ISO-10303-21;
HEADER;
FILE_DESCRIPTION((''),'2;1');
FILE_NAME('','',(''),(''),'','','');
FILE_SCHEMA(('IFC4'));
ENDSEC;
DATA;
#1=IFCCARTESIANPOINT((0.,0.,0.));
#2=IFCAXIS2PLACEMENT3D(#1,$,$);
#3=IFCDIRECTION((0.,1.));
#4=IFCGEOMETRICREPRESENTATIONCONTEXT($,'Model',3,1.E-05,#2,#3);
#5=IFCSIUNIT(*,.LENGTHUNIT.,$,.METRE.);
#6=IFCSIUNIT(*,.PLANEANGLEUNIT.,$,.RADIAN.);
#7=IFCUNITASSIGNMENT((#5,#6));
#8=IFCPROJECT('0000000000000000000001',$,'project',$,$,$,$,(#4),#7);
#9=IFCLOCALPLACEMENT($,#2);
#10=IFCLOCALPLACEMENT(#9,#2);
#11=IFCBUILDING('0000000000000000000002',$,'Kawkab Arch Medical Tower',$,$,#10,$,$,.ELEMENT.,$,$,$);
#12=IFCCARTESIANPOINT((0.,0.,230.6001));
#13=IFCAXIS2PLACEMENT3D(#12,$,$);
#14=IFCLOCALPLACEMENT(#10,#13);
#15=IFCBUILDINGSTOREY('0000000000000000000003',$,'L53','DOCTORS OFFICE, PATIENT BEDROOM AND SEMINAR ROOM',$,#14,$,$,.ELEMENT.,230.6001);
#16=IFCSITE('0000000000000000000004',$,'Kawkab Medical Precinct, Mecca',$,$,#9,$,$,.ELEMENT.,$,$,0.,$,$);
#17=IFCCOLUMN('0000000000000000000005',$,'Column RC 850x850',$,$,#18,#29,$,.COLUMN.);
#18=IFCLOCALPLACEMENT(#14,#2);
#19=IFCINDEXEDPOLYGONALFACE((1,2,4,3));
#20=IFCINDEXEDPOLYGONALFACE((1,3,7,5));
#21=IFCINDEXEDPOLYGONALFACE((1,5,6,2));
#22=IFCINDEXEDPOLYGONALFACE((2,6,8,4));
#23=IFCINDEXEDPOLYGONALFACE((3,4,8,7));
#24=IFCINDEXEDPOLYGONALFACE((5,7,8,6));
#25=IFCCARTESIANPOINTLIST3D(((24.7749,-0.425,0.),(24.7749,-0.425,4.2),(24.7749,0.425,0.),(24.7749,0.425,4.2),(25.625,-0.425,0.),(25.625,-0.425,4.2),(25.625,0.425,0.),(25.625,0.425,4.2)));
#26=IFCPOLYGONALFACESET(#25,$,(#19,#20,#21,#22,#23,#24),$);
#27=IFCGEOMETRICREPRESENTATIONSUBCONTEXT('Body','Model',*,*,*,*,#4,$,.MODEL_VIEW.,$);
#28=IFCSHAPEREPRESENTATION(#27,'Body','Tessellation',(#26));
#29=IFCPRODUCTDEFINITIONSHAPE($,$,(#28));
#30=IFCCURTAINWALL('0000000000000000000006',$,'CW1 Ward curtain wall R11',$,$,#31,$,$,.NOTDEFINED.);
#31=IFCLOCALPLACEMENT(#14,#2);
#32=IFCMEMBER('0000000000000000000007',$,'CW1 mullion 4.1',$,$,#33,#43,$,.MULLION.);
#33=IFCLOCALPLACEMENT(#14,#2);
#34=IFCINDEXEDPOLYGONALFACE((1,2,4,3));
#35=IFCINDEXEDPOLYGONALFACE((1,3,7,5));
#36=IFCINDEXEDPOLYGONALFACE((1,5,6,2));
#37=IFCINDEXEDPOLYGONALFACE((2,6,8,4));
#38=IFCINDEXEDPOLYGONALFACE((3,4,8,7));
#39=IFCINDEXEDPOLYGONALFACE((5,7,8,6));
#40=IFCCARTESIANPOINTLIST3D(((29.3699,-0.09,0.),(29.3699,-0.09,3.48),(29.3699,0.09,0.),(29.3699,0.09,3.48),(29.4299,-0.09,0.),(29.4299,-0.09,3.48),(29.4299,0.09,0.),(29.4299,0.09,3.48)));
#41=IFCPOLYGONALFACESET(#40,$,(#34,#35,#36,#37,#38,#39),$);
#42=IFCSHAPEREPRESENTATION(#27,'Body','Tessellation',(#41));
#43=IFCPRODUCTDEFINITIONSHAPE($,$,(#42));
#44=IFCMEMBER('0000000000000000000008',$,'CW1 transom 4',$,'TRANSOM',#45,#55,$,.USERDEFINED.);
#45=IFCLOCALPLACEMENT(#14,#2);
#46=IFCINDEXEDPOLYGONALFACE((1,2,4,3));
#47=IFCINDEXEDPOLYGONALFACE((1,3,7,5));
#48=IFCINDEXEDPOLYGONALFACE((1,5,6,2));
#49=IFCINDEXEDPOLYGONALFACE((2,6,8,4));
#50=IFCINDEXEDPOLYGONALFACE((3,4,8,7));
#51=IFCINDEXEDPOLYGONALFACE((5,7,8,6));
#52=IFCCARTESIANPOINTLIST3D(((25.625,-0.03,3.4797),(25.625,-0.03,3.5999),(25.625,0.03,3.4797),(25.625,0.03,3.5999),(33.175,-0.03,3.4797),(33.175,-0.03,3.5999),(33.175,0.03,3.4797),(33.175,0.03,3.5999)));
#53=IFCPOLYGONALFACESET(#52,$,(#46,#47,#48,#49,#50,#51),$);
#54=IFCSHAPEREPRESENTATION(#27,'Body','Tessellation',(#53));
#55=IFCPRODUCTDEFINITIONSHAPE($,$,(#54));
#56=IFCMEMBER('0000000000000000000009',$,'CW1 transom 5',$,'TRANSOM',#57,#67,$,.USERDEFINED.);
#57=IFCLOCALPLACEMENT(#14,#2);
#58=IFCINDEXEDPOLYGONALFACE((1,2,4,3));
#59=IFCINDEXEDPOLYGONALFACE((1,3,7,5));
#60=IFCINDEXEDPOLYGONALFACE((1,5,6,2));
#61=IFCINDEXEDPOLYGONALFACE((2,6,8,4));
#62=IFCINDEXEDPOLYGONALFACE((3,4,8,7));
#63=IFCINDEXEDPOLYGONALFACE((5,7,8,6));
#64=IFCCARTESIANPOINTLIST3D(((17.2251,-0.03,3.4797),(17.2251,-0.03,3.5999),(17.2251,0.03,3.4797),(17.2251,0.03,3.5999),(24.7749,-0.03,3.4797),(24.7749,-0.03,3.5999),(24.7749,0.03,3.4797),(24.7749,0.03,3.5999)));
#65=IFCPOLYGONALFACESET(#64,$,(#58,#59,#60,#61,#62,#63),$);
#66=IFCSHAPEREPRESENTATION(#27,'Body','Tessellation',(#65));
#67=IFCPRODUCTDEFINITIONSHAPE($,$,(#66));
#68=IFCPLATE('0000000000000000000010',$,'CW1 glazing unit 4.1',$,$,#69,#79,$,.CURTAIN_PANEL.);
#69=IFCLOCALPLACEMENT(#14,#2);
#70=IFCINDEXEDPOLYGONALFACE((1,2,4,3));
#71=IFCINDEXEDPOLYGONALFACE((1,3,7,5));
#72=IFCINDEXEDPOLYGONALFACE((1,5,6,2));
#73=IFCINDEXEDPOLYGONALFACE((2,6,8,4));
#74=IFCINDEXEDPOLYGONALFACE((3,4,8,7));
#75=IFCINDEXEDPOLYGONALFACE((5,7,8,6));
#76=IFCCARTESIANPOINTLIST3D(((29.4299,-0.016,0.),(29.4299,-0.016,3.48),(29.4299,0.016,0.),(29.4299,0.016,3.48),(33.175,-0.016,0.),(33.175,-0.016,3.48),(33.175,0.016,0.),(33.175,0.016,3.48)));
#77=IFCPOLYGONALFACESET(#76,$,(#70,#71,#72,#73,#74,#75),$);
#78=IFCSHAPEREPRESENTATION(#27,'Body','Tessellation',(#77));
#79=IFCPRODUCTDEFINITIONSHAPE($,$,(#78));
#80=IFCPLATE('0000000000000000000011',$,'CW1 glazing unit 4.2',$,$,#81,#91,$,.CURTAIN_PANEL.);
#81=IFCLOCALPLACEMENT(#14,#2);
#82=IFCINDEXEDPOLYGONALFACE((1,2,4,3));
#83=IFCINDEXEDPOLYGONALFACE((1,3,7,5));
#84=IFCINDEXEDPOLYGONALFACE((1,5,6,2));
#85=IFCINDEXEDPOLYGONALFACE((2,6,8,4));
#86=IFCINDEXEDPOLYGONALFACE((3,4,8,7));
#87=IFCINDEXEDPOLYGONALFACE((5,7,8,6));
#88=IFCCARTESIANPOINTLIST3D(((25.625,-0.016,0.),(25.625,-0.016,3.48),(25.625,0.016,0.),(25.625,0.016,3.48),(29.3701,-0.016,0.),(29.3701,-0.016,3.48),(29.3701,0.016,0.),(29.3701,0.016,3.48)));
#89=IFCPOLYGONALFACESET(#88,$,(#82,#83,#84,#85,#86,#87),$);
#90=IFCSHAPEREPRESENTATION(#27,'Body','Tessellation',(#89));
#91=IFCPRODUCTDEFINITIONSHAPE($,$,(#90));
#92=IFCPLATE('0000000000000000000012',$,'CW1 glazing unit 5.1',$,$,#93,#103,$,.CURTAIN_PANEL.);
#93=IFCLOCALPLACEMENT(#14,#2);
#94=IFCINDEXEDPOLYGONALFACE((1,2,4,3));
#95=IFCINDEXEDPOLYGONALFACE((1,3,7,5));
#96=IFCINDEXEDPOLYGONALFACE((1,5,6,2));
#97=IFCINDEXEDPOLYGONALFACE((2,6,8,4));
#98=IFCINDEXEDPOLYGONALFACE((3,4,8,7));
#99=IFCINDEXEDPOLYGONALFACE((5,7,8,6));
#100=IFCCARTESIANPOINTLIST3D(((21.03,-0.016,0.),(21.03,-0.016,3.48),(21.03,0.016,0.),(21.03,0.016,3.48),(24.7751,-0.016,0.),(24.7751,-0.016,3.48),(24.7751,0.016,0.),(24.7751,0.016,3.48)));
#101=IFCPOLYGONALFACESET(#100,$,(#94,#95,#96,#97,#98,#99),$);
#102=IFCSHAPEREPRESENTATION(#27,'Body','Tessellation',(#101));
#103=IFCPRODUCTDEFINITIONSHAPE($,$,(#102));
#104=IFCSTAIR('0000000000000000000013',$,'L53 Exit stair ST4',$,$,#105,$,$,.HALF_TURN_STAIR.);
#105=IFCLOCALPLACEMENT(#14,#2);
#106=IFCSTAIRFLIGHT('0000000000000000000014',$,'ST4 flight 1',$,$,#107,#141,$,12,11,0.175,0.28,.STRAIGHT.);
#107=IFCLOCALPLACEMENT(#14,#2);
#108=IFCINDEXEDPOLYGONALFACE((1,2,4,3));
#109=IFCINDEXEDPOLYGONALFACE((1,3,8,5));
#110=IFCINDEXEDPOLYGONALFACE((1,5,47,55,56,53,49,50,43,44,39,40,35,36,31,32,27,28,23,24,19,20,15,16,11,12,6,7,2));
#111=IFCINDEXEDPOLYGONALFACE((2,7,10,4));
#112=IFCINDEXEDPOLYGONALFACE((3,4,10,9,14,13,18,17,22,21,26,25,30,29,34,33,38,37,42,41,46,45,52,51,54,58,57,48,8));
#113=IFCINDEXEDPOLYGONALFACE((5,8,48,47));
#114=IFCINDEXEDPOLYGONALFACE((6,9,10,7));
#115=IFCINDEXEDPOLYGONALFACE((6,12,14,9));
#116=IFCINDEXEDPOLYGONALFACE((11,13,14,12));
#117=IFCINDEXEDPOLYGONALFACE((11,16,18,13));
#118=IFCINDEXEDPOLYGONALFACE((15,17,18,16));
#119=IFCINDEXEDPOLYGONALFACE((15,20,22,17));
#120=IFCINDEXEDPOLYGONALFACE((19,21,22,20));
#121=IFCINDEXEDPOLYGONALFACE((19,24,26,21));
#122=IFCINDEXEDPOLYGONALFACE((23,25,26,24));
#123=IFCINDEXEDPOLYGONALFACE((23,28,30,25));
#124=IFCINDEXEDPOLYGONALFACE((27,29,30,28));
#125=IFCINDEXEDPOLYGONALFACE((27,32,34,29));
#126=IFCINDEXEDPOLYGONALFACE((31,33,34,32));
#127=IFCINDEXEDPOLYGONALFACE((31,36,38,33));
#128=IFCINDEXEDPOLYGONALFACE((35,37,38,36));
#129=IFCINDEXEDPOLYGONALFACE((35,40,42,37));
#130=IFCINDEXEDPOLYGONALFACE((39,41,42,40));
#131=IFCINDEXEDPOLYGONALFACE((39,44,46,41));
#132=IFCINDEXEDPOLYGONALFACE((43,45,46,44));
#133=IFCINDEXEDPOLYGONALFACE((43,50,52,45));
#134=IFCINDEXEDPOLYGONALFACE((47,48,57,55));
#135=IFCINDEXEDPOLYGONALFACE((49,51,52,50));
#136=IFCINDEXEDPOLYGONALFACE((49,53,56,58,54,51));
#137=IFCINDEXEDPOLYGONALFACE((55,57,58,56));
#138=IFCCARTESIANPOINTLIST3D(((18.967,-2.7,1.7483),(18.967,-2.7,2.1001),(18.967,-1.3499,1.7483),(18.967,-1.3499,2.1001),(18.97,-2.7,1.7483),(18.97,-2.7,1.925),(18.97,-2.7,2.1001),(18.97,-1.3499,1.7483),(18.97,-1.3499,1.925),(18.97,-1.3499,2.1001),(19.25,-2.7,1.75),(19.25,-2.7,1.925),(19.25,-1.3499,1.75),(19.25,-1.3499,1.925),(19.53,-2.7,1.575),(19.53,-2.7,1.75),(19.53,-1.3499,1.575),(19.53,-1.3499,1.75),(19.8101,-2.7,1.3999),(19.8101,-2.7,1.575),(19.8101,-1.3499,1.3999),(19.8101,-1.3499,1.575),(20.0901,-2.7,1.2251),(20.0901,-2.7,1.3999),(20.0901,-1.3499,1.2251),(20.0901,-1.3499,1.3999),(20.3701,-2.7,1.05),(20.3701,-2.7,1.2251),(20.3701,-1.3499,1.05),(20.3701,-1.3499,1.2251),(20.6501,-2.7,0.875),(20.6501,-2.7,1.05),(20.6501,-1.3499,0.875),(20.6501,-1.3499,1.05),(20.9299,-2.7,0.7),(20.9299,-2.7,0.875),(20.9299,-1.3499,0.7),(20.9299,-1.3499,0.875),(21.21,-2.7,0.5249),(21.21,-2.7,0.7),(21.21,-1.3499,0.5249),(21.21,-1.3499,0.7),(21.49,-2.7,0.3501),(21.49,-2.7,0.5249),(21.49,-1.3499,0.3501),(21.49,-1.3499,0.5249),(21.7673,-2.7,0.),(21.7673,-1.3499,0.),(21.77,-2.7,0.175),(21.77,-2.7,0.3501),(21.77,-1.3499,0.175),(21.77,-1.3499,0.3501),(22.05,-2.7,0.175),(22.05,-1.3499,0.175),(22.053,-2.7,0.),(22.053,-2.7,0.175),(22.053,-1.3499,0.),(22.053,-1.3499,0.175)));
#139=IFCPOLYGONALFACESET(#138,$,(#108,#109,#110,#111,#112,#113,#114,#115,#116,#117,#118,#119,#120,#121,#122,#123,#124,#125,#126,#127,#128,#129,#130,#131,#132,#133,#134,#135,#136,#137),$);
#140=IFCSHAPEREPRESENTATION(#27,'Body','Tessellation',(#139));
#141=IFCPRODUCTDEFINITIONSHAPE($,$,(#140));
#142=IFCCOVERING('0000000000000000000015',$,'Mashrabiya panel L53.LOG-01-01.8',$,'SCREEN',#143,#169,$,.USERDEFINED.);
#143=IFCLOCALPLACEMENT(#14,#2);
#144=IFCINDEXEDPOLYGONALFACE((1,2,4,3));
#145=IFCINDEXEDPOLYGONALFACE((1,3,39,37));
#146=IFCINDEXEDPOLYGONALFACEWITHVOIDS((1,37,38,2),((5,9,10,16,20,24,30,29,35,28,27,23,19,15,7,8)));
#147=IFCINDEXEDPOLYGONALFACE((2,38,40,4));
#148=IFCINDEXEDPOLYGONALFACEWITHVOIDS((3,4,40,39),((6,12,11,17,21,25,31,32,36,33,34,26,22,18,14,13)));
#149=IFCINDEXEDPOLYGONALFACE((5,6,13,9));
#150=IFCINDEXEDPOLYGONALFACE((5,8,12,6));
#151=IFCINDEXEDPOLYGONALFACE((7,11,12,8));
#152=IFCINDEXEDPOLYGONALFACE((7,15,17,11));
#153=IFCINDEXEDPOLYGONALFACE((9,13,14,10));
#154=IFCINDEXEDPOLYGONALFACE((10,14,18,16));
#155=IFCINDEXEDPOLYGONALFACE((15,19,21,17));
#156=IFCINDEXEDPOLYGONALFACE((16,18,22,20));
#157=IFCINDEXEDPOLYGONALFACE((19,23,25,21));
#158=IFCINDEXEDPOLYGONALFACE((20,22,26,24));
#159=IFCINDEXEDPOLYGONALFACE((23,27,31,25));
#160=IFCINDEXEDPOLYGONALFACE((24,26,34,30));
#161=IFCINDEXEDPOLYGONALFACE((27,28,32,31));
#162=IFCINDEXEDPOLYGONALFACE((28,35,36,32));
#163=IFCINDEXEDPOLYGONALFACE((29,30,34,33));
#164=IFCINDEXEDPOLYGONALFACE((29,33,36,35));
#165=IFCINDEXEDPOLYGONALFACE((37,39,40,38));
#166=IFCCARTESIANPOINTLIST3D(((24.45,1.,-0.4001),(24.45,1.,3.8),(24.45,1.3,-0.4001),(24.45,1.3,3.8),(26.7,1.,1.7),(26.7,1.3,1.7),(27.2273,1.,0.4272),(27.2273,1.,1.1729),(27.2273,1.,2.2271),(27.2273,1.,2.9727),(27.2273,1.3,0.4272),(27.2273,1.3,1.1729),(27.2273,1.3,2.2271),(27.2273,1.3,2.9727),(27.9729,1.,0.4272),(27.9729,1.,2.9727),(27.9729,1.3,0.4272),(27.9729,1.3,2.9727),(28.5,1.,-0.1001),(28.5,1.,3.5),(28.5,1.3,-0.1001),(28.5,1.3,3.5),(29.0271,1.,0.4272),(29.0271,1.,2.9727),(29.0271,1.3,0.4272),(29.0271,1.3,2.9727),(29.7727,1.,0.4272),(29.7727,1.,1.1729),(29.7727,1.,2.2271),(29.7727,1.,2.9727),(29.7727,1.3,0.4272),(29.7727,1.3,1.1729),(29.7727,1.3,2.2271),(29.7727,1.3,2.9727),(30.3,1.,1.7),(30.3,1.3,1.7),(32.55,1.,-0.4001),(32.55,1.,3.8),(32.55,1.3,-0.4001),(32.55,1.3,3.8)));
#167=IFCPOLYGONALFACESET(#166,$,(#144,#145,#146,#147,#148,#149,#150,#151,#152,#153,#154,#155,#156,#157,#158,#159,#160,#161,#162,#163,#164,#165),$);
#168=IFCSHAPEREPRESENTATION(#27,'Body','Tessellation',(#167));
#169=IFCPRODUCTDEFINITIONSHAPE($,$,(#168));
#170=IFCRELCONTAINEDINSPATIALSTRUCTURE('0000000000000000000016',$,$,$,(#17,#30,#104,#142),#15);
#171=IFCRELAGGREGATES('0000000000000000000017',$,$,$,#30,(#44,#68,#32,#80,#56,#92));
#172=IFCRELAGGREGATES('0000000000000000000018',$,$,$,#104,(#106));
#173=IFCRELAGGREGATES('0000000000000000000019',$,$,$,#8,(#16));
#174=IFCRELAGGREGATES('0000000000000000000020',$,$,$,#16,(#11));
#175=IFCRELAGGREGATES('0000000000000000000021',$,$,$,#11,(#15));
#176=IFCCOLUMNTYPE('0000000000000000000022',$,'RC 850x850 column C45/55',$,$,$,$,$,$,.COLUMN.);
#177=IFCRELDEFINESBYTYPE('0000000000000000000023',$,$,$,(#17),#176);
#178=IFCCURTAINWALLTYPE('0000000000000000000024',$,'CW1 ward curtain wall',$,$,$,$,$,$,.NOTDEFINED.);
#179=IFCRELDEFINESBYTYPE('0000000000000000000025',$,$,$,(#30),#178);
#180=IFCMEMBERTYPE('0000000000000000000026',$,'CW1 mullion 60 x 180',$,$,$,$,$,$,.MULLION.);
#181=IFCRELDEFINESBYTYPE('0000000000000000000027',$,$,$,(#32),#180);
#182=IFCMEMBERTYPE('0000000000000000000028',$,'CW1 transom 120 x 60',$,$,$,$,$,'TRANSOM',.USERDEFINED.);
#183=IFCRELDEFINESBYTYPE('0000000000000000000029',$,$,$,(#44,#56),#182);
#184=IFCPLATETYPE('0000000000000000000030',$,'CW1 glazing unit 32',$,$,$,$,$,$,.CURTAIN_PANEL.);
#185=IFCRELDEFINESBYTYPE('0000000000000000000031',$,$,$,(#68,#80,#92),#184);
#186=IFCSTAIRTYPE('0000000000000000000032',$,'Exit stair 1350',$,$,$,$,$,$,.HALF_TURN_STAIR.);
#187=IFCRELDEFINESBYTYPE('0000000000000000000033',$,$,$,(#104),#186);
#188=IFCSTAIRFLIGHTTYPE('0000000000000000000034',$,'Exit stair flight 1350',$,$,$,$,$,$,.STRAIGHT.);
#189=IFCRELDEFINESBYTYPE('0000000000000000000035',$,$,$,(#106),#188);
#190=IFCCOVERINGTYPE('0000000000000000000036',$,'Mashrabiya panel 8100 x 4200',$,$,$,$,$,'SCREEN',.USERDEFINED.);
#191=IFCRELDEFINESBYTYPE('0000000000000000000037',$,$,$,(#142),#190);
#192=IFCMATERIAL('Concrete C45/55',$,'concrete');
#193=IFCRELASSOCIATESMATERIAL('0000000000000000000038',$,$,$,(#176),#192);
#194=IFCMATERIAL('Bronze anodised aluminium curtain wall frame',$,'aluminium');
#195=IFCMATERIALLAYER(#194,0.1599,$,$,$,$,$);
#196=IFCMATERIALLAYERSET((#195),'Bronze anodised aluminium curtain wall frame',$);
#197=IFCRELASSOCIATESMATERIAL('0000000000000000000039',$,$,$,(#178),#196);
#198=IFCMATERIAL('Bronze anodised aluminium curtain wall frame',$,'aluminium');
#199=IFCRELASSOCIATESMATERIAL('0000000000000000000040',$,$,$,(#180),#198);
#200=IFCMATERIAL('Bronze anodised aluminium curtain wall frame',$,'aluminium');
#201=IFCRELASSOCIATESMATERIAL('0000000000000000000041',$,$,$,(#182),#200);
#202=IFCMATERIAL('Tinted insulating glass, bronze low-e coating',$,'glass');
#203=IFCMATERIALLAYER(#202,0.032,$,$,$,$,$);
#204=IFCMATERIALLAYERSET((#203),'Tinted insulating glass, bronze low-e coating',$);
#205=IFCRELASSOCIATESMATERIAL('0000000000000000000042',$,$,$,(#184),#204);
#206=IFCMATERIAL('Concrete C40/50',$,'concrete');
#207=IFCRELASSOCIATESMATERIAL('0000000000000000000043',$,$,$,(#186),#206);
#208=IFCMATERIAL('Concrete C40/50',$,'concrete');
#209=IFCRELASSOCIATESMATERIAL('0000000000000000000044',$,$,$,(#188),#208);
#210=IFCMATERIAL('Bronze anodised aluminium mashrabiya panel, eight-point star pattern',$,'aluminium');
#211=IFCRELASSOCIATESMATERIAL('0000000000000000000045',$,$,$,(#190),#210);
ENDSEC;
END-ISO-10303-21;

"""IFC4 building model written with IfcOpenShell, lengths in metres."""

from ifc_helpers import new_model, si_unit, direction, frame, origin, origin_2d, place, context, subcontext, project, spatial, polyline, rectangle, outline, extrude, material, layer, layer_set, material_profile, profile_set, type_object, element, aggregate, save


model = new_model("IFC4")

# Units and contexts
model_context = context("Model", 3, precision=1e-05, world=origin(), true_north=direction((0.0, 1.0)))
body_context = subcontext(model_context, "Body", "Model", "MODEL_VIEW")
ifc_project = project(units=[si_unit("LENGTHUNIT", "METRE"), si_unit("PLANEANGLEUNIT", "RADIAN")], contexts=[model_context])

# Site, building, storey
site_placement = place(None, origin())
site = spatial("IfcSite", under=ifc_project, at=site_placement, Name="Kawkab Medical Precinct, Mecca", CompositionType="ELEMENT", RefElevation=0.0)
building_placement = place(site_placement, origin())
building = spatial("IfcBuilding", under=site, at=building_placement, Name="Kawkab Arch Medical Tower", CompositionType="ELEMENT")
storey_placement = place(building_placement, frame((0.0, 0.0, 230.6001)))
storey = spatial("IfcBuildingStorey", under=building, at=storey_placement, Name="L53", Description="DOCTORS OFFICE, PATIENT BEDROOM AND SEMINAR ROOM", CompositionType="ELEMENT", Elevation=230.6001)

# Column
ifc_material_1 = material(Name="Concrete C45/55", Category="concrete")
ifc_material_profile_1 = material_profile(ifc_material_1, rectangle(XDim=0.8501, YDim=0.8501, at=origin_2d()), Name="RC 850x850")
ifc_profile_set_1 = profile_set([ifc_material_profile_1], Name="Concrete C45/55")
column_type = type_object("IfcColumnType", Name="RC 850x850 column C45/55", PredefinedType="COLUMN", material=ifc_profile_set_1)
column_placement = place(storey_placement, frame((25.2, 0.0, 0.0), z_axis=(0.0, 0.0, 1.0), x_axis=(1.0, 0.0, 0.0)))
element("IfcColumn", 1, at=column_placement, inside=storey, type_object=column_type, Name="Column RC 850x850", PredefinedType="COLUMN", context=body_context, shape_type="SweptSolid", body=[
    extrude(rectangle(XDim=0.8501, YDim=0.8501, at=origin_2d()), origin(), (0.0, 0.0, 1.0), 4.2),
])

# Curtain wall, members, plates
ifc_material_2 = material(Name="Bronze anodised aluminium curtain wall frame", Category="aluminium")
ifc_layer_1 = layer(ifc_material_2, 0.1599)
ifc_layer_set_1 = layer_set([ifc_layer_1], Name="Bronze anodised aluminium curtain wall frame")
curtain_wall_type = type_object("IfcCurtainWallType", Name="CW1 ward curtain wall", PredefinedType="NOTDEFINED", material=ifc_layer_set_1)
placement = place(storey_placement, origin())
curtain_wall = element("IfcCurtainWall", 2, at=placement, inside=storey, type_object=curtain_wall_type, Name="CW1 Ward curtain wall R11", PredefinedType="NOTDEFINED")
ifc_material_3 = material(Name="Bronze anodised aluminium curtain wall frame", Category="aluminium")
ifc_material_profile_2 = material_profile(ifc_material_3, rectangle(XDim=0.1799, YDim=0.0601, at=origin_2d()), Name="AL 60x180")
ifc_profile_set_2 = profile_set([ifc_material_profile_2], Name="Bronze anodised aluminium curtain wall frame")
member_type_1 = type_object("IfcMemberType", Name="CW1 mullion 60 x 180", PredefinedType="MULLION", material=ifc_profile_set_2)
member_1_placement = place(storey_placement, frame((29.3999, 0.0, 0.0), z_axis=(0.0, 0.0, 1.0), x_axis=(0.0, -1.0, 0.0)))
member_1 = element("IfcMember", 3, at=member_1_placement, type_object=member_type_1, Name="CW1 mullion 4.1", PredefinedType="MULLION", context=body_context, shape_type="SweptSolid", body=[
    extrude(rectangle(XDim=0.1799, YDim=0.0601, at=origin_2d()), origin(), (0.0, 0.0, 1.0), 3.48),
])
ifc_material_4 = material(Name="Bronze anodised aluminium curtain wall frame", Category="aluminium")
ifc_material_profile_3 = material_profile(ifc_material_4, rectangle(XDim=0.0601, YDim=0.1201, at=origin_2d()), Name="AL 60x120")
ifc_profile_set_3 = profile_set([ifc_material_profile_3], Name="Bronze anodised aluminium curtain wall frame")
member_type_2 = type_object("IfcMemberType", Name="CW1 transom 120 x 60", ElementType="TRANSOM", PredefinedType="USERDEFINED", material=ifc_profile_set_3)
member_2_placement = place(storey_placement, frame((33.175, 0.0, 3.5398), z_axis=(-1.0, 0.0, 0.0), x_axis=(0.0, -1.0, 0.0)))
member_2 = element("IfcMember", 4, at=member_2_placement, type_object=member_type_2, Name="CW1 transom 4", ObjectType="TRANSOM", PredefinedType="USERDEFINED", context=body_context, shape_type="SweptSolid", body=[
    extrude(rectangle(XDim=0.0601, YDim=0.1201, at=origin_2d()), origin(), (0.0, 0.0, 1.0), 7.55),
])
member_3_placement = place(storey_placement, frame((24.7749, 0.0, 3.5398), z_axis=(-1.0, 0.0, 0.0), x_axis=(0.0, -1.0, 0.0)))
member_3 = element("IfcMember", 5, at=member_3_placement, type_object=member_type_2, Name="CW1 transom 5", ObjectType="TRANSOM", PredefinedType="USERDEFINED", context=body_context, shape_type="SweptSolid", body=[
    extrude(rectangle(XDim=0.0601, YDim=0.1201, at=origin_2d()), origin(), (0.0, 0.0, 1.0), 7.5498),
])
ifc_material_5 = material(Name="Tinted insulating glass, bronze low-e coating", Category="glass")
ifc_layer_2 = layer(ifc_material_5, 0.032)
ifc_layer_set_2 = layer_set([ifc_layer_2], Name="Tinted insulating glass, bronze low-e coating")
plate_type = type_object("IfcPlateType", Name="CW1 glazing unit 32", PredefinedType="CURTAIN_PANEL", material=ifc_layer_set_2)
plate_1_placement = place(storey_placement, frame((31.3025, 0.0, 0.0), z_axis=(0.0, 0.0, 1.0), x_axis=(-1.0, 0.0, 0.0)))
plate_1 = element("IfcPlate", 6, at=plate_1_placement, type_object=plate_type, Name="CW1 glazing unit 4.1", PredefinedType="CURTAIN_PANEL", context=body_context, shape_type="SweptSolid", body=[
    extrude(rectangle(XDim=3.7451, YDim=0.032, at=origin_2d()), origin(), (0.0, 0.0, 1.0), 3.48),
])
plate_2_placement = place(storey_placement, frame((27.4976, 0.0, 0.0), z_axis=(0.0, 0.0, 1.0), x_axis=(-1.0, 0.0, 0.0)))
plate_2 = element("IfcPlate", 7, at=plate_2_placement, type_object=plate_type, Name="CW1 glazing unit 4.2", PredefinedType="CURTAIN_PANEL", context=body_context, shape_type="SweptSolid", body=[
    extrude(rectangle(XDim=3.7451, YDim=0.032, at=origin_2d()), origin(), (0.0, 0.0, 1.0), 3.48),
])
plate_3_placement = place(storey_placement, frame((22.9026, 0.0, 0.0), z_axis=(0.0, 0.0, 1.0), x_axis=(-1.0, 0.0, 0.0)))
plate_3 = element("IfcPlate", 8, at=plate_3_placement, type_object=plate_type, Name="CW1 glazing unit 5.1", PredefinedType="CURTAIN_PANEL", context=body_context, shape_type="SweptSolid", body=[
    extrude(rectangle(XDim=3.7451, YDim=0.032, at=origin_2d()), origin(), (0.0, 0.0, 1.0), 3.48),
])
aggregate(curtain_wall, [member_2, plate_1, member_1, plate_2, member_3, plate_3])

# Stair, stair flight
ifc_material_6 = material(Name="Concrete C40/50", Category="concrete")
stair_type = type_object("IfcStairType", Name="Exit stair 1350", PredefinedType="HALF_TURN_STAIR", material=ifc_material_6)
stair = element("IfcStair", 9, at=placement, inside=storey, type_object=stair_type, Name="L53 Exit stair ST4", PredefinedType="HALF_TURN_STAIR")
ifc_material_7 = material(Name="Concrete C40/50", Category="concrete")
stair_flight_type = type_object("IfcStairFlightType", Name="Exit stair flight 1350", PredefinedType="STRAIGHT", material=ifc_material_7)
stair_flight_placement = place(storey_placement, frame((22.05, -2.0249, 0.0), z_axis=(0.0, 0.0, 1.0), x_axis=(-1.0, 0.0, 0.0)))
stair_flight = element("IfcStairFlight", 10, at=stair_flight_placement, type_object=stair_flight_type, Name="ST4 flight 1", NumberOfRisers=12, NumberOfTreads=11, PredefinedType="STRAIGHT", RiserHeight=0.175, TreadLength=0.28, context=body_context, shape_type="SweptSolid", body=[
    extrude(outline(polyline([(-0.0029, 0.0), (-0.0029, 0.175), (0.0, 0.175), (0.28, 0.175), (0.28, 0.3501), (0.5601, 0.3501), (0.5601, 0.5249), (0.8401, 0.5249), (0.8401, 0.7), (1.1201, 0.7), (1.1201, 0.875), (1.3999, 0.875), (1.3999, 1.05), (1.6799, 1.05), (1.6799, 1.2251), (1.96, 1.2251), (1.96, 1.3999), (2.24, 1.3999), (2.24, 1.575), (2.52, 1.575), (2.52, 1.75), (2.8, 1.75), (2.8, 1.925), (3.0801, 1.925), (3.0801, 2.1001), (3.083, 2.1001), (3.083, 1.7483), (3.0801, 1.7483), (0.2827, 0.0), (-0.0029, 0.0)])), frame((0.0, 0.675, 0.0), z_axis=(0.0, -1.0, 0.0), x_axis=(1.0, 0.0, 0.0)), (0.0, 0.0, 1.0), 1.3501),
])
aggregate(stair, [stair_flight])

# Covering
ifc_material_8 = material(Name="Bronze anodised aluminium mashrabiya panel, eight-point star pattern", Category="aluminium")
ifc_material_profile_4 = material_profile(ifc_material_8, outline(polyline([(-4.05, -2.1001), (4.05, -2.1001), (4.05, 2.1001), (-4.05, 2.1001), (-4.05, -2.1001)]), holes=[polyline([(1.8, 0.0), (1.2727, 0.5271), (1.2727, 1.2727), (0.5271, 1.2727), (0.0, 1.8), (-0.5271, 1.2727), (-1.2727, 1.2727), (-1.2727, 0.5271), (-1.8, 0.0), (-1.2727, -0.5271), (-1.2727, -1.2727), (-0.5271, -1.2727), (0.0, -1.8), (0.5271, -1.2727), (1.2727, -1.2727), (1.2727, -0.5271), (1.8, 0.0)])]), Name="Mashrabiya panel 8100x4200")
ifc_profile_set_4 = profile_set([ifc_material_profile_4], Name="Bronze anodised aluminium mashrabiya panel, eight-point star pattern")
covering_type = type_object("IfcCoveringType", Name="Mashrabiya panel 8100 x 4200", ElementType="SCREEN", PredefinedType="USERDEFINED", material=ifc_profile_set_4)
covering_placement = place(storey_placement, frame((28.5, 1.0, 1.7), z_axis=(0.0, 1.0, 0.0), x_axis=(-1.0, 0.0, 0.0)))
element("IfcCovering", 11, at=covering_placement, inside=storey, type_object=covering_type, Name="Mashrabiya panel L53.LOG-01-01.8", ObjectType="SCREEN", PredefinedType="USERDEFINED", context=body_context, shape_type="SweptSolid", body=[
    extrude(outline(polyline([(-4.05, -2.1001), (4.05, -2.1001), (4.05, 2.1001), (-4.05, 2.1001), (-4.05, -2.1001)]), holes=[polyline([(1.8, 0.0), (1.2727, 0.5271), (1.2727, 1.2727), (0.5271, 1.2727), (0.0, 1.8), (-0.5271, 1.2727), (-1.2727, 1.2727), (-1.2727, 0.5271), (-1.8, 0.0), (-1.2727, -0.5271), (-1.2727, -1.2727), (-0.5271, -1.2727), (0.0, -1.8), (0.5271, -1.2727), (1.2727, -1.2727), (1.2727, -0.5271), (1.8, 0.0)])]), origin(), (0.0, 0.0, 1.0), 0.3),
])

save(model, "model.ifc")
